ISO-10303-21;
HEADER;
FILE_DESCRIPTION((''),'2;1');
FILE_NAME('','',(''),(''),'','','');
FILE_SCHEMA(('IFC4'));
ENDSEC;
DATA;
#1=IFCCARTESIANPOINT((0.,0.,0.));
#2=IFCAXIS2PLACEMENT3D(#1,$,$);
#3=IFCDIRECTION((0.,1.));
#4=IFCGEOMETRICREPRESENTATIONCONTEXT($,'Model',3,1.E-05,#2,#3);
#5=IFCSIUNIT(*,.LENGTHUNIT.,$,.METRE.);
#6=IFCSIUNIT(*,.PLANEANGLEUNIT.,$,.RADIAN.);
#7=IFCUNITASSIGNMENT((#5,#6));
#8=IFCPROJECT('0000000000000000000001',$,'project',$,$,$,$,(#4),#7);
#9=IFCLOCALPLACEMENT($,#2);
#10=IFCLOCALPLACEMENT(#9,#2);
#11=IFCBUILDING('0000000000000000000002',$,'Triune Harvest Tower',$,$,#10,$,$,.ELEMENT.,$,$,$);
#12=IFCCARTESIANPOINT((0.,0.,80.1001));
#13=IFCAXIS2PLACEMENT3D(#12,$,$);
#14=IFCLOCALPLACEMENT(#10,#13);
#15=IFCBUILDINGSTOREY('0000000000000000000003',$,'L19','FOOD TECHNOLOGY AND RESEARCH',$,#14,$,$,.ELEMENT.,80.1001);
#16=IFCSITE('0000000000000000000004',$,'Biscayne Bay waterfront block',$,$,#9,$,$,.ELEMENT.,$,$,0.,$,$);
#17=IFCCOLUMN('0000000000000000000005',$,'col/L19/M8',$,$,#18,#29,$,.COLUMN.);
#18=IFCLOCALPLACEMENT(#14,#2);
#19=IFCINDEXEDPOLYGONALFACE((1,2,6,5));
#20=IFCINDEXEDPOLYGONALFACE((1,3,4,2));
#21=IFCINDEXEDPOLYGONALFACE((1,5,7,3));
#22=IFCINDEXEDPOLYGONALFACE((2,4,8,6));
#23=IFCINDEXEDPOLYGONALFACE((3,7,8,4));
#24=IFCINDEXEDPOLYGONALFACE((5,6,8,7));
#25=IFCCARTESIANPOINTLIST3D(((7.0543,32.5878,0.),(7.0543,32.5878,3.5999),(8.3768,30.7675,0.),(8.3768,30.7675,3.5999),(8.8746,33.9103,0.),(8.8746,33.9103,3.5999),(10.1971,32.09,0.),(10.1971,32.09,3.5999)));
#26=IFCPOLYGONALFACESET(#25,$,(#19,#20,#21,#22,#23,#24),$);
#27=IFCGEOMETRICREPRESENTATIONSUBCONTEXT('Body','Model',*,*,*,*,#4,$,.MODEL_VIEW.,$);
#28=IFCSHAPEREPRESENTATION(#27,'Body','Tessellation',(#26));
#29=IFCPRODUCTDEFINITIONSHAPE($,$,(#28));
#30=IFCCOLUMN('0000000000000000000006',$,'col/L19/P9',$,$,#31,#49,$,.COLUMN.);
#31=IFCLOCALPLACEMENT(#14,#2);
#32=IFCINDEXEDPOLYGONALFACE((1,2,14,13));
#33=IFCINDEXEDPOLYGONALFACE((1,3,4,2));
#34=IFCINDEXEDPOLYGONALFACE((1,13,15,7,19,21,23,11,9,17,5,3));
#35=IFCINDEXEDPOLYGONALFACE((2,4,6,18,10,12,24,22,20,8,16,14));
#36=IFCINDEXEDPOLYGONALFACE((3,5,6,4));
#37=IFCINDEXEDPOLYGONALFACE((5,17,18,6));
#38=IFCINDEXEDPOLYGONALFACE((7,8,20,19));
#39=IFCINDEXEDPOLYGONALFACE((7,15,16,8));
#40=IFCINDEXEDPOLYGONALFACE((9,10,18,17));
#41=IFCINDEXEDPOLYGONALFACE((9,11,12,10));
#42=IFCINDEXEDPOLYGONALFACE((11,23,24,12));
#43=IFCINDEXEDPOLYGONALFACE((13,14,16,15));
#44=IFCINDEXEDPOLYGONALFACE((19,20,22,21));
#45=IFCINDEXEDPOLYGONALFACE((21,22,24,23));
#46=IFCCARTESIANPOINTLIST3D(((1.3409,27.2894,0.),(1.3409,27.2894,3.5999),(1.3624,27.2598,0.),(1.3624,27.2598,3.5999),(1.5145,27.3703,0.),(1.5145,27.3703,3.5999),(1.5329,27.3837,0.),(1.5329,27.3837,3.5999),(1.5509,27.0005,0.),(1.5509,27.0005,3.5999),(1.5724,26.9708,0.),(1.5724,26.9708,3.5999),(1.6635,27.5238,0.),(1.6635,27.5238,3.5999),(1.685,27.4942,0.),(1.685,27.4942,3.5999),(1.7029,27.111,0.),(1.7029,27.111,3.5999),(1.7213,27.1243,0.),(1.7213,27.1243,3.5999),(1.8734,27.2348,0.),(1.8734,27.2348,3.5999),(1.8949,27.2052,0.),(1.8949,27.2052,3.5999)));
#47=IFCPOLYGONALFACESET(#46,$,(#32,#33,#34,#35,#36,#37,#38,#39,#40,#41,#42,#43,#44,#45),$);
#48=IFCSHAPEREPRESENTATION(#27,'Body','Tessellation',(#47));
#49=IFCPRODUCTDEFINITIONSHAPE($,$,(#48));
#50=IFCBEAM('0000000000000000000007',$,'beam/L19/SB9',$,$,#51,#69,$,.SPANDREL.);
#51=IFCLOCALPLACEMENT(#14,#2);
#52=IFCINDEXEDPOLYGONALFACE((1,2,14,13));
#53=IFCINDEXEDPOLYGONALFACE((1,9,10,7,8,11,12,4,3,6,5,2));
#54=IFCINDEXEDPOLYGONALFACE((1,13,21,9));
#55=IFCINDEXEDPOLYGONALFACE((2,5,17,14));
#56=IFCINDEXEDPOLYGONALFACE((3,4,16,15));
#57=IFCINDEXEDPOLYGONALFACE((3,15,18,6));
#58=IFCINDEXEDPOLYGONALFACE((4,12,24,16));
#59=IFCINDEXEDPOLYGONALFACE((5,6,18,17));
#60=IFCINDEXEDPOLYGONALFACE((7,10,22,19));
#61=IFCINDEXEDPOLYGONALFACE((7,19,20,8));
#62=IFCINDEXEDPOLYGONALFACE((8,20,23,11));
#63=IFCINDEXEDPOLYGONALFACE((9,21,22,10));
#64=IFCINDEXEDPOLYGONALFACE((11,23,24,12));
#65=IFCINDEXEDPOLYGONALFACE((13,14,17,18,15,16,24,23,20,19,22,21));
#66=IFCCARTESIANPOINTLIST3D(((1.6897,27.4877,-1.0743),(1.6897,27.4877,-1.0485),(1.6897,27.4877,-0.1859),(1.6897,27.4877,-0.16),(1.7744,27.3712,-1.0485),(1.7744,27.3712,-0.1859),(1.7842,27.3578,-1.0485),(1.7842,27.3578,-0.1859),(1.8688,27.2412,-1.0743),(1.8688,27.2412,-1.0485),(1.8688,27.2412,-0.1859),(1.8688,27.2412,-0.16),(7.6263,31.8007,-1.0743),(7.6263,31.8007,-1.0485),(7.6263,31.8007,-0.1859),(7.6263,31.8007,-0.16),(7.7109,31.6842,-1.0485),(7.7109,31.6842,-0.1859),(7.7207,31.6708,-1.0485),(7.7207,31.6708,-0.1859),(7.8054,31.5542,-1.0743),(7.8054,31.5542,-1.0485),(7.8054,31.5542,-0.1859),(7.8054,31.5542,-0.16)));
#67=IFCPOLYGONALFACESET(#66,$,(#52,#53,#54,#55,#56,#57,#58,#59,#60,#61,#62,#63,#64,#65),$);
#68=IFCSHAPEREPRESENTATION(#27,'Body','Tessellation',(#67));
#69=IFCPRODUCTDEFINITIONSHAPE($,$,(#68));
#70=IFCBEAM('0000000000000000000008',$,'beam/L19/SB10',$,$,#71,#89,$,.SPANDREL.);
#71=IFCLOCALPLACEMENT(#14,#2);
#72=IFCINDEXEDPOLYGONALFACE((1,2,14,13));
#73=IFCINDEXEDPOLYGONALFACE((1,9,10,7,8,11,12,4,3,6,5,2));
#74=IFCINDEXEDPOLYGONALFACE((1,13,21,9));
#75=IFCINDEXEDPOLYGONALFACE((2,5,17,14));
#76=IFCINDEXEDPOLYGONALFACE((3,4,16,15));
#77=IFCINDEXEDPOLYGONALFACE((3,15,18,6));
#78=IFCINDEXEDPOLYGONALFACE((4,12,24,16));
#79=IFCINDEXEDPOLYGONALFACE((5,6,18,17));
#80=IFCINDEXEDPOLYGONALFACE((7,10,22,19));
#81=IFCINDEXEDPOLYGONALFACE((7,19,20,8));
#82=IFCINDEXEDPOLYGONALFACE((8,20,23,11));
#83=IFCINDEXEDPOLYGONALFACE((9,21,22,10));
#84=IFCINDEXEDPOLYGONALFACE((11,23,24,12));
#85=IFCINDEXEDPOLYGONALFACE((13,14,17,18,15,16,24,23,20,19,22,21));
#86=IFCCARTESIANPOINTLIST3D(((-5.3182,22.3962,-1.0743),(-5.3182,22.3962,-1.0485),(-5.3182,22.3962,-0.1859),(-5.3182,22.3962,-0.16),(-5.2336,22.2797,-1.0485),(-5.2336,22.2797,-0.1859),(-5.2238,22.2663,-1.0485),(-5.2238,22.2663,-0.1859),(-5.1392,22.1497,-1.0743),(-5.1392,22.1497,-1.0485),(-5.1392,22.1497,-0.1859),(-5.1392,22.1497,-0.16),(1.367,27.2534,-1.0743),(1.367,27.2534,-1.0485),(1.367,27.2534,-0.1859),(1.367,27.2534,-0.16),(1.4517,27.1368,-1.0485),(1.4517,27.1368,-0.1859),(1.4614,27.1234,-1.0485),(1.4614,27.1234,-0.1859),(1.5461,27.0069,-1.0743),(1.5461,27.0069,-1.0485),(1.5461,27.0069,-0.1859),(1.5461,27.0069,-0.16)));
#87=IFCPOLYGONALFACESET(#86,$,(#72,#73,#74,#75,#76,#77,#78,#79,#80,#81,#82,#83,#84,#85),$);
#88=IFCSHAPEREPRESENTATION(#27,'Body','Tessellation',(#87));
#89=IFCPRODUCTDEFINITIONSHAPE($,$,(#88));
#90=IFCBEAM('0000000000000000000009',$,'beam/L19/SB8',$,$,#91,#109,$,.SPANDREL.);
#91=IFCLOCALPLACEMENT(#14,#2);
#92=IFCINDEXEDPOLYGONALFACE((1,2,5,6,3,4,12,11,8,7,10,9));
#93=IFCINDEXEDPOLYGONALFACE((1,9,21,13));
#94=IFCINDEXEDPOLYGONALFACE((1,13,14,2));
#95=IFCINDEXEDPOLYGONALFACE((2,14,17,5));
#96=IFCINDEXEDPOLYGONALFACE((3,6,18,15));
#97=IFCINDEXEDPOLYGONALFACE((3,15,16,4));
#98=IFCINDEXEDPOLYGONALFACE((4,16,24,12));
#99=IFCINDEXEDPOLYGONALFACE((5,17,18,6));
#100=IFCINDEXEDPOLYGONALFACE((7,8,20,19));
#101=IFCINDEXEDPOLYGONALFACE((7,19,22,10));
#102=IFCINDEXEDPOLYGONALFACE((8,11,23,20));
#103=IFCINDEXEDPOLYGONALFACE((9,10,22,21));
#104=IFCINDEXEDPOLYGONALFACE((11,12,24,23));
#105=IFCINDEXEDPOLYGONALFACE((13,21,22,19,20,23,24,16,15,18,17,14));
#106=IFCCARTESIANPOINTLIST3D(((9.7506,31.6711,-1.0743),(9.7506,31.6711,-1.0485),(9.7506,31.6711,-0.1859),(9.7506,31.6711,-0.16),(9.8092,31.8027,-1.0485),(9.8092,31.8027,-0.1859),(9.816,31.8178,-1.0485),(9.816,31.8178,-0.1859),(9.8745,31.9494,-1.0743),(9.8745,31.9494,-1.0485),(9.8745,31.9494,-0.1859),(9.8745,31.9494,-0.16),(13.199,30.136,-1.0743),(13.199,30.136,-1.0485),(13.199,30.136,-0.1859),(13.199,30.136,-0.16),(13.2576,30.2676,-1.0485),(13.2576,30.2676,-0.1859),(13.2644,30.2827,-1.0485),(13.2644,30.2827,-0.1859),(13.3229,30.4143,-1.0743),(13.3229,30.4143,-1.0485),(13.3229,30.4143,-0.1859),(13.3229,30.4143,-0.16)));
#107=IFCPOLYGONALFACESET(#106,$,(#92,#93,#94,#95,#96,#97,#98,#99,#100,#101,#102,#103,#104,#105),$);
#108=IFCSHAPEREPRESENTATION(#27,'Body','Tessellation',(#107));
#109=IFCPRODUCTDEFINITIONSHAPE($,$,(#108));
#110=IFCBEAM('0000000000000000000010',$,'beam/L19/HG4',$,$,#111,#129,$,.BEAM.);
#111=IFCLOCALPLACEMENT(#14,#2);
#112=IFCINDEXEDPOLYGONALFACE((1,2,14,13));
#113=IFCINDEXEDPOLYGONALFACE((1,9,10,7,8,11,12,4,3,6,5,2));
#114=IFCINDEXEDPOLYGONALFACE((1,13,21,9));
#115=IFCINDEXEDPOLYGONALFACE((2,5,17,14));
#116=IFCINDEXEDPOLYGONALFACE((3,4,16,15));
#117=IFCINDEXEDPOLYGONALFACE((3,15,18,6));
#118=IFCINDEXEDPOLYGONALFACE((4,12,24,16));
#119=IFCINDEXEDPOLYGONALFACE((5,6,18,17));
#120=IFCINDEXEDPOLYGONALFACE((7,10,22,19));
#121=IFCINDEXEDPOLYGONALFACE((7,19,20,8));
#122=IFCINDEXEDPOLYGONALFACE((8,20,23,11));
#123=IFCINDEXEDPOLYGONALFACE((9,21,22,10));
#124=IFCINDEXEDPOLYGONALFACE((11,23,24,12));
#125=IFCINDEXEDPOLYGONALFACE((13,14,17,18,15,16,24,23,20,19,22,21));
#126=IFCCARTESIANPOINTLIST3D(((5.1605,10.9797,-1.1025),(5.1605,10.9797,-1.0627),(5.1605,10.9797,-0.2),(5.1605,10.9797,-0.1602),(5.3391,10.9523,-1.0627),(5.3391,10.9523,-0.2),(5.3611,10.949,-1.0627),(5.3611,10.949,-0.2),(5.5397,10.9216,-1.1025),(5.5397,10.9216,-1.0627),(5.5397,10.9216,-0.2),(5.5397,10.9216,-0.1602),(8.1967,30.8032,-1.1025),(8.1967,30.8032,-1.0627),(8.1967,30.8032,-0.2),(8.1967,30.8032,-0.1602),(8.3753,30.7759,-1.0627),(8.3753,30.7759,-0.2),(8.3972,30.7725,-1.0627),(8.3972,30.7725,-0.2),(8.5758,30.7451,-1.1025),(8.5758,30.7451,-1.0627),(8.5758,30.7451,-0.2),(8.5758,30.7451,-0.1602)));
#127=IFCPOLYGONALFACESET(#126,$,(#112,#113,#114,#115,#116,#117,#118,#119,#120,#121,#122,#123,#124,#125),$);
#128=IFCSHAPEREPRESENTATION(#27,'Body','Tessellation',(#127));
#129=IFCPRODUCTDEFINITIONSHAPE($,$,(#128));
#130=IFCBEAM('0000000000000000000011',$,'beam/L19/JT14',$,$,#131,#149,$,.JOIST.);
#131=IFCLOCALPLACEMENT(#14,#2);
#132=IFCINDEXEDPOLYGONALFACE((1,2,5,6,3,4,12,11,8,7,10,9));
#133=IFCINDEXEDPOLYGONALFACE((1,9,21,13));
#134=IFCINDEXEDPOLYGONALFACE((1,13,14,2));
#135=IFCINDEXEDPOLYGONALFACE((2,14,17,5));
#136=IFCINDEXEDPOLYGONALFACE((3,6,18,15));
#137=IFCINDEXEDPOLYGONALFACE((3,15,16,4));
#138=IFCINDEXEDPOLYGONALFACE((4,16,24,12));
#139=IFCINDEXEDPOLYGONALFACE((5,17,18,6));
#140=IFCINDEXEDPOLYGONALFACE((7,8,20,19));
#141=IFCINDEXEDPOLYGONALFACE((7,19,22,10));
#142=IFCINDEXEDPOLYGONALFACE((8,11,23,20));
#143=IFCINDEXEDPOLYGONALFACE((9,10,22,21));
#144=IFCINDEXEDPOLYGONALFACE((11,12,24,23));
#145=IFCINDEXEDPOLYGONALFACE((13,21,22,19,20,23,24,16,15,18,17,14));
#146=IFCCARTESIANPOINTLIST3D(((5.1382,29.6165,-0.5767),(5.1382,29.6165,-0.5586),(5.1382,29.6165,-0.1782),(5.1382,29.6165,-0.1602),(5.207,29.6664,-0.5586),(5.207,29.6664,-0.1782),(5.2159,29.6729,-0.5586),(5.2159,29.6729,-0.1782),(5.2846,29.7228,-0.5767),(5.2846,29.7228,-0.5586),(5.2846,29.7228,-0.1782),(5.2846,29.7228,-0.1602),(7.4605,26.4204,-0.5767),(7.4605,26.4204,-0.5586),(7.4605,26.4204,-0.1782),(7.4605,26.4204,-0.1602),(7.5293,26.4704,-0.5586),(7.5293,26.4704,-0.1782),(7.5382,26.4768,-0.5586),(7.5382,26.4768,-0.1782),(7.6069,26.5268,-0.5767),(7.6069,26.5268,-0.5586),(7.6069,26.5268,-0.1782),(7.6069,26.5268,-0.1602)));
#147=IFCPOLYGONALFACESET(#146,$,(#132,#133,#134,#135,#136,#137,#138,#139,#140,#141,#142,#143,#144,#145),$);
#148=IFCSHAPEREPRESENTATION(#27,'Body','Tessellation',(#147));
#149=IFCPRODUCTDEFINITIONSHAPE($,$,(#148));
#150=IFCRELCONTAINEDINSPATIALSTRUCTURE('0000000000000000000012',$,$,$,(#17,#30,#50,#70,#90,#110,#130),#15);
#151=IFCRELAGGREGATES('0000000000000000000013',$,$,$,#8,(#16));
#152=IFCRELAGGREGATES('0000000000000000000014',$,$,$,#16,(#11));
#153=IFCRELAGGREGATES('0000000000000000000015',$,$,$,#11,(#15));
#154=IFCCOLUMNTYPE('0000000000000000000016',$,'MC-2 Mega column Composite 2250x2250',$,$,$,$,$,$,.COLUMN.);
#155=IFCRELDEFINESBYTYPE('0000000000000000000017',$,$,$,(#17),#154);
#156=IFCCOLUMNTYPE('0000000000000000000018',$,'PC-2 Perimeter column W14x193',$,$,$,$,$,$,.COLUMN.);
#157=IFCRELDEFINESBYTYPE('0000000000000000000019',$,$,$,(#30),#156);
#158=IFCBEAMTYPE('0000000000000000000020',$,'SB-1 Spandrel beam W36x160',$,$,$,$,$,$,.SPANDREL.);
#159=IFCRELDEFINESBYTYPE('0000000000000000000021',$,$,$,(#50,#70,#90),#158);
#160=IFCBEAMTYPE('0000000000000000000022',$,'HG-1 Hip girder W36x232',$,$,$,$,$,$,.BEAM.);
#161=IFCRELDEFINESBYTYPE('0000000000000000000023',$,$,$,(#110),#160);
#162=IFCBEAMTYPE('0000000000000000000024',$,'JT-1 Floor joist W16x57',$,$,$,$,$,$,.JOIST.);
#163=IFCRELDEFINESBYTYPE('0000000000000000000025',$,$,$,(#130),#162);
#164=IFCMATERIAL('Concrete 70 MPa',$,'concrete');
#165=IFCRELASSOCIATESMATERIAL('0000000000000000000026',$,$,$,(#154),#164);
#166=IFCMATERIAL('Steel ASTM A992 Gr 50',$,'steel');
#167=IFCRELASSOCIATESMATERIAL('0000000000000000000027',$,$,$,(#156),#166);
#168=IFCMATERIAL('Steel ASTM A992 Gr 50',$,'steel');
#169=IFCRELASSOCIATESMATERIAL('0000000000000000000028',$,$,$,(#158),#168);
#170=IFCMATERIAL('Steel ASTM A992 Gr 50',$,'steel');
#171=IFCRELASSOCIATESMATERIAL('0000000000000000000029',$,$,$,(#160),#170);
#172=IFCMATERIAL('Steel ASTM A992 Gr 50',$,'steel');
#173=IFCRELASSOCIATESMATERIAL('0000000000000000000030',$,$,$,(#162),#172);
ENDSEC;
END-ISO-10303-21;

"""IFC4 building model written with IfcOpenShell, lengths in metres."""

from ifc_helpers import new_model, si_unit, direction, frame, origin, origin_2d, place, context, subcontext, project, spatial, rectangle, i_section, extrude, source, transform, mapped, material, material_profile, profile_set, type_object, element, save


model = new_model("IFC4")

# Units and contexts
model_context = context("Model", 3, precision=1e-05, world=origin(), true_north=direction((0.0, 1.0)))
body_context = subcontext(model_context, "Body", "Model", "MODEL_VIEW")
ifc_project = project(units=[si_unit("LENGTHUNIT", "METRE"), si_unit("PLANEANGLEUNIT", "RADIAN")], contexts=[model_context])

# Site, building, storey
site_placement = place(None, origin())
site = spatial("IfcSite", under=ifc_project, at=site_placement, Name="Biscayne Bay waterfront block", CompositionType="ELEMENT", RefElevation=0.0)
building_placement = place(site_placement, origin())
building = spatial("IfcBuilding", under=site, at=building_placement, Name="Triune Harvest Tower", CompositionType="ELEMENT")
storey_placement = place(building_placement, frame((0.0, 0.0, 80.1001)))
storey = spatial("IfcBuildingStorey", under=building, at=storey_placement, Name="L19", Description="FOOD TECHNOLOGY AND RESEARCH", CompositionType="ELEMENT", Elevation=80.1001)

# Columns
ifc_material_1 = material(Name="Concrete 70 MPa", Category="concrete")
ifc_material_profile_1 = material_profile(ifc_material_1, rectangle(XDim=2.25, YDim=2.25, at=origin_2d()), Name="Composite 2250x2250")
ifc_profile_set_1 = profile_set([ifc_material_profile_1], Name="Concrete 70 MPa")
column_type_1 = type_object("IfcColumnType", Name="MC-2 Mega column Composite 2250x2250", PredefinedType="COLUMN", material=ifc_profile_set_1)
shared_shape_1 = source(origin(), body_context, "Body", "SweptSolid", [
    extrude(rectangle(XDim=2.25, YDim=2.25, at=origin_2d()), origin(), (0.0, 0.0, 1.0), 3.5999),
])
column_1_placement = place(storey_placement, frame((8.6257, 32.3389, 0.0), z_axis=(0.0, 0.0, 1.0), x_axis=(-0.809017, -0.587785, 0.0)))
element("IfcColumn", 1, at=column_1_placement, inside=storey, type_object=column_type_1, Name="col/L19/M8", PredefinedType="COLUMN", context=body_context, shape_type="MappedRepresentation", body=[
    mapped(shared_shape_1, transform((0.0, 0.0, 0.0), scale=1.0)),
])
ifc_material_2 = material(Name="Steel ASTM A992 Gr 50", Category="steel")
ifc_material_profile_2 = material_profile(ifc_material_2, i_section(OverallWidth=0.3987, OverallDepth=0.3938, WebThickness=0.0227, FlangeThickness=0.0366, at=origin_2d()), Name="W14x193")
ifc_profile_set_2 = profile_set([ifc_material_profile_2], Name="Steel ASTM A992 Gr 50")
column_type_2 = type_object("IfcColumnType", Name="PC-2 Perimeter column W14x193", PredefinedType="COLUMN", material=ifc_profile_set_2)
shared_shape_2 = source(origin(), body_context, "Body", "SweptSolid", [
    extrude(i_section(OverallWidth=0.3987, OverallDepth=0.3938, WebThickness=0.0227, FlangeThickness=0.0366, at=origin_2d()), origin(), (0.0, 0.0, 1.0), 3.5999),
])
column_2_placement = place(storey_placement, frame((1.6179, 27.2473, 0.0), z_axis=(0.0, 0.0, 1.0), x_axis=(-0.809017, -0.587785, 0.0)))
element("IfcColumn", 2, at=column_2_placement, inside=storey, type_object=column_type_2, Name="col/L19/P9", PredefinedType="COLUMN", context=body_context, shape_type="MappedRepresentation", body=[
    mapped(shared_shape_2, transform((0.0, 0.0, 0.0), scale=1.0)),
])

# Beams
ifc_material_3 = material(Name="Steel ASTM A992 Gr 50", Category="steel")
ifc_material_profile_3 = material_profile(ifc_material_3, i_section(OverallWidth=0.3047, OverallDepth=0.9143, WebThickness=0.0166, FlangeThickness=0.0259, at=origin_2d()), Name="W36x160")
ifc_profile_set_3 = profile_set([ifc_material_profile_3], Name="Steel ASTM A992 Gr 50")
beam_type_1 = type_object("IfcBeamType", Name="SB-1 Spandrel beam W36x160", PredefinedType="SPANDREL", material=ifc_profile_set_3)
shared_shape_3 = source(origin(), body_context, "Body", "SweptSolid", [
    extrude(i_section(OverallWidth=0.3047, OverallDepth=0.9143, WebThickness=0.0166, FlangeThickness=0.0259, at=origin_2d()), origin(), (0.0, 0.0, 1.0), 7.3379),
])
beam_1_placement = place(storey_placement, frame((7.7158, 31.6775, -0.6172), z_axis=(-0.809027, -0.587772, 0.0), x_axis=(0.587772, -0.809027, 0.0)))
element("IfcBeam", 3, at=beam_1_placement, inside=storey, type_object=beam_type_1, Name="beam/L19/SB9", PredefinedType="SPANDREL", context=body_context, shape_type="MappedRepresentation", body=[
    mapped(shared_shape_3, transform((0.0, 0.0, 0.0), scale=1.0)),
])
shared_shape_4 = source(origin(), body_context, "Body", "SweptSolid", [
    extrude(i_section(OverallWidth=0.3047, OverallDepth=0.9143, WebThickness=0.0166, FlangeThickness=0.0259, at=origin_2d()), origin(), (0.0, 0.0, 1.0), 8.2634),
])
beam_2_placement = place(storey_placement, frame((1.4565, 27.1301, -0.6172), z_axis=(-0.809016, -0.587787, 0.0), x_axis=(0.587787, -0.809016, 0.0)))
element("IfcBeam", 4, at=beam_2_placement, inside=storey, type_object=beam_type_1, Name="beam/L19/SB10", PredefinedType="SPANDREL", context=body_context, shape_type="MappedRepresentation", body=[
    mapped(shared_shape_4, transform((0.0, 0.0, 0.0), scale=1.0)),
])
shared_shape_5 = source(origin(), body_context, "Body", "SweptSolid", [
    extrude(i_section(OverallWidth=0.3047, OverallDepth=0.9143, WebThickness=0.0166, FlangeThickness=0.0259, at=origin_2d()), origin(), (0.0, 0.0, 1.0), 3.7747),
])
beam_3_placement = place(storey_placement, frame((13.261, 30.2751, -0.6172), z_axis=(-0.913566, 0.40669, 0.0), x_axis=(-0.40669, -0.913566, 0.0)))
element("IfcBeam", 5, at=beam_3_placement, inside=storey, type_object=beam_type_1, Name="beam/L19/SB8", PredefinedType="SPANDREL", context=body_context, shape_type="MappedRepresentation", body=[
    mapped(shared_shape_5, transform((0.0, 0.0, 0.0), scale=1.0)),
])
ifc_material_4 = material(Name="Steel ASTM A992 Gr 50", Category="steel")
ifc_material_profile_4 = material_profile(ifc_material_4, i_section(OverallWidth=0.3835, OverallDepth=0.9424, WebThickness=0.0222, FlangeThickness=0.0398, at=origin_2d()), Name="W36x232")
ifc_profile_set_4 = profile_set([ifc_material_profile_4], Name="Steel ASTM A992 Gr 50")
beam_type_2 = type_object("IfcBeamType", Name="HG-1 Hip girder W36x232", PredefinedType="BEAM", material=ifc_profile_set_4)
shared_shape_6 = source(origin(), body_context, "Body", "SweptSolid", [
    extrude(i_section(OverallWidth=0.3835, OverallDepth=0.9424, WebThickness=0.0222, FlangeThickness=0.0398, at=origin_2d()), origin(), (0.0, 0.0, 1.0), 20.0547),
])
beam_4_placement = place(storey_placement, frame((8.3862, 30.7742, -0.6313), z_axis=(-0.151393, -0.988474, 0.0), x_axis=(0.988474, -0.151393, 0.0)))
element("IfcBeam", 6, at=beam_4_placement, inside=storey, type_object=beam_type_2, Name="beam/L19/HG4", PredefinedType="BEAM", context=body_context, shape_type="MappedRepresentation", body=[
    mapped(shared_shape_6, transform((0.0, 0.0, 0.0), scale=1.0)),
])
ifc_material_5 = material(Name="Steel ASTM A992 Gr 50", Category="steel")
ifc_material_profile_5 = material_profile(ifc_material_5, i_section(OverallWidth=0.1809, OverallDepth=0.4165, WebThickness=0.011, FlangeThickness=0.0181, at=origin_2d()), Name="W16x57")
ifc_profile_set_5 = profile_set([ifc_material_profile_5], Name="Steel ASTM A992 Gr 50")
beam_type_3 = type_object("IfcBeamType", Name="JT-1 Floor joist W16x57", PredefinedType="JOIST", material=ifc_profile_set_5)
shared_shape_7 = source(origin(), body_context, "Body", "SweptSolid", [
    extrude(i_section(OverallWidth=0.1809, OverallDepth=0.4165, WebThickness=0.011, FlangeThickness=0.0181, at=origin_2d()), origin(), (0.0, 0.0, 1.0), 3.9507),
])
beam_5_placement = place(storey_placement, frame((5.2114, 29.6697, -0.3684), z_axis=(0.587819, -0.808993, 0.0), x_axis=(0.808993, 0.587819, 0.0)))
element("IfcBeam", 7, at=beam_5_placement, inside=storey, type_object=beam_type_3, Name="beam/L19/JT14", PredefinedType="JOIST", context=body_context, shape_type="MappedRepresentation", body=[
    mapped(shared_shape_7, transform((0.0, 0.0, 0.0), scale=1.0)),
])

save(model, "model.ifc")
